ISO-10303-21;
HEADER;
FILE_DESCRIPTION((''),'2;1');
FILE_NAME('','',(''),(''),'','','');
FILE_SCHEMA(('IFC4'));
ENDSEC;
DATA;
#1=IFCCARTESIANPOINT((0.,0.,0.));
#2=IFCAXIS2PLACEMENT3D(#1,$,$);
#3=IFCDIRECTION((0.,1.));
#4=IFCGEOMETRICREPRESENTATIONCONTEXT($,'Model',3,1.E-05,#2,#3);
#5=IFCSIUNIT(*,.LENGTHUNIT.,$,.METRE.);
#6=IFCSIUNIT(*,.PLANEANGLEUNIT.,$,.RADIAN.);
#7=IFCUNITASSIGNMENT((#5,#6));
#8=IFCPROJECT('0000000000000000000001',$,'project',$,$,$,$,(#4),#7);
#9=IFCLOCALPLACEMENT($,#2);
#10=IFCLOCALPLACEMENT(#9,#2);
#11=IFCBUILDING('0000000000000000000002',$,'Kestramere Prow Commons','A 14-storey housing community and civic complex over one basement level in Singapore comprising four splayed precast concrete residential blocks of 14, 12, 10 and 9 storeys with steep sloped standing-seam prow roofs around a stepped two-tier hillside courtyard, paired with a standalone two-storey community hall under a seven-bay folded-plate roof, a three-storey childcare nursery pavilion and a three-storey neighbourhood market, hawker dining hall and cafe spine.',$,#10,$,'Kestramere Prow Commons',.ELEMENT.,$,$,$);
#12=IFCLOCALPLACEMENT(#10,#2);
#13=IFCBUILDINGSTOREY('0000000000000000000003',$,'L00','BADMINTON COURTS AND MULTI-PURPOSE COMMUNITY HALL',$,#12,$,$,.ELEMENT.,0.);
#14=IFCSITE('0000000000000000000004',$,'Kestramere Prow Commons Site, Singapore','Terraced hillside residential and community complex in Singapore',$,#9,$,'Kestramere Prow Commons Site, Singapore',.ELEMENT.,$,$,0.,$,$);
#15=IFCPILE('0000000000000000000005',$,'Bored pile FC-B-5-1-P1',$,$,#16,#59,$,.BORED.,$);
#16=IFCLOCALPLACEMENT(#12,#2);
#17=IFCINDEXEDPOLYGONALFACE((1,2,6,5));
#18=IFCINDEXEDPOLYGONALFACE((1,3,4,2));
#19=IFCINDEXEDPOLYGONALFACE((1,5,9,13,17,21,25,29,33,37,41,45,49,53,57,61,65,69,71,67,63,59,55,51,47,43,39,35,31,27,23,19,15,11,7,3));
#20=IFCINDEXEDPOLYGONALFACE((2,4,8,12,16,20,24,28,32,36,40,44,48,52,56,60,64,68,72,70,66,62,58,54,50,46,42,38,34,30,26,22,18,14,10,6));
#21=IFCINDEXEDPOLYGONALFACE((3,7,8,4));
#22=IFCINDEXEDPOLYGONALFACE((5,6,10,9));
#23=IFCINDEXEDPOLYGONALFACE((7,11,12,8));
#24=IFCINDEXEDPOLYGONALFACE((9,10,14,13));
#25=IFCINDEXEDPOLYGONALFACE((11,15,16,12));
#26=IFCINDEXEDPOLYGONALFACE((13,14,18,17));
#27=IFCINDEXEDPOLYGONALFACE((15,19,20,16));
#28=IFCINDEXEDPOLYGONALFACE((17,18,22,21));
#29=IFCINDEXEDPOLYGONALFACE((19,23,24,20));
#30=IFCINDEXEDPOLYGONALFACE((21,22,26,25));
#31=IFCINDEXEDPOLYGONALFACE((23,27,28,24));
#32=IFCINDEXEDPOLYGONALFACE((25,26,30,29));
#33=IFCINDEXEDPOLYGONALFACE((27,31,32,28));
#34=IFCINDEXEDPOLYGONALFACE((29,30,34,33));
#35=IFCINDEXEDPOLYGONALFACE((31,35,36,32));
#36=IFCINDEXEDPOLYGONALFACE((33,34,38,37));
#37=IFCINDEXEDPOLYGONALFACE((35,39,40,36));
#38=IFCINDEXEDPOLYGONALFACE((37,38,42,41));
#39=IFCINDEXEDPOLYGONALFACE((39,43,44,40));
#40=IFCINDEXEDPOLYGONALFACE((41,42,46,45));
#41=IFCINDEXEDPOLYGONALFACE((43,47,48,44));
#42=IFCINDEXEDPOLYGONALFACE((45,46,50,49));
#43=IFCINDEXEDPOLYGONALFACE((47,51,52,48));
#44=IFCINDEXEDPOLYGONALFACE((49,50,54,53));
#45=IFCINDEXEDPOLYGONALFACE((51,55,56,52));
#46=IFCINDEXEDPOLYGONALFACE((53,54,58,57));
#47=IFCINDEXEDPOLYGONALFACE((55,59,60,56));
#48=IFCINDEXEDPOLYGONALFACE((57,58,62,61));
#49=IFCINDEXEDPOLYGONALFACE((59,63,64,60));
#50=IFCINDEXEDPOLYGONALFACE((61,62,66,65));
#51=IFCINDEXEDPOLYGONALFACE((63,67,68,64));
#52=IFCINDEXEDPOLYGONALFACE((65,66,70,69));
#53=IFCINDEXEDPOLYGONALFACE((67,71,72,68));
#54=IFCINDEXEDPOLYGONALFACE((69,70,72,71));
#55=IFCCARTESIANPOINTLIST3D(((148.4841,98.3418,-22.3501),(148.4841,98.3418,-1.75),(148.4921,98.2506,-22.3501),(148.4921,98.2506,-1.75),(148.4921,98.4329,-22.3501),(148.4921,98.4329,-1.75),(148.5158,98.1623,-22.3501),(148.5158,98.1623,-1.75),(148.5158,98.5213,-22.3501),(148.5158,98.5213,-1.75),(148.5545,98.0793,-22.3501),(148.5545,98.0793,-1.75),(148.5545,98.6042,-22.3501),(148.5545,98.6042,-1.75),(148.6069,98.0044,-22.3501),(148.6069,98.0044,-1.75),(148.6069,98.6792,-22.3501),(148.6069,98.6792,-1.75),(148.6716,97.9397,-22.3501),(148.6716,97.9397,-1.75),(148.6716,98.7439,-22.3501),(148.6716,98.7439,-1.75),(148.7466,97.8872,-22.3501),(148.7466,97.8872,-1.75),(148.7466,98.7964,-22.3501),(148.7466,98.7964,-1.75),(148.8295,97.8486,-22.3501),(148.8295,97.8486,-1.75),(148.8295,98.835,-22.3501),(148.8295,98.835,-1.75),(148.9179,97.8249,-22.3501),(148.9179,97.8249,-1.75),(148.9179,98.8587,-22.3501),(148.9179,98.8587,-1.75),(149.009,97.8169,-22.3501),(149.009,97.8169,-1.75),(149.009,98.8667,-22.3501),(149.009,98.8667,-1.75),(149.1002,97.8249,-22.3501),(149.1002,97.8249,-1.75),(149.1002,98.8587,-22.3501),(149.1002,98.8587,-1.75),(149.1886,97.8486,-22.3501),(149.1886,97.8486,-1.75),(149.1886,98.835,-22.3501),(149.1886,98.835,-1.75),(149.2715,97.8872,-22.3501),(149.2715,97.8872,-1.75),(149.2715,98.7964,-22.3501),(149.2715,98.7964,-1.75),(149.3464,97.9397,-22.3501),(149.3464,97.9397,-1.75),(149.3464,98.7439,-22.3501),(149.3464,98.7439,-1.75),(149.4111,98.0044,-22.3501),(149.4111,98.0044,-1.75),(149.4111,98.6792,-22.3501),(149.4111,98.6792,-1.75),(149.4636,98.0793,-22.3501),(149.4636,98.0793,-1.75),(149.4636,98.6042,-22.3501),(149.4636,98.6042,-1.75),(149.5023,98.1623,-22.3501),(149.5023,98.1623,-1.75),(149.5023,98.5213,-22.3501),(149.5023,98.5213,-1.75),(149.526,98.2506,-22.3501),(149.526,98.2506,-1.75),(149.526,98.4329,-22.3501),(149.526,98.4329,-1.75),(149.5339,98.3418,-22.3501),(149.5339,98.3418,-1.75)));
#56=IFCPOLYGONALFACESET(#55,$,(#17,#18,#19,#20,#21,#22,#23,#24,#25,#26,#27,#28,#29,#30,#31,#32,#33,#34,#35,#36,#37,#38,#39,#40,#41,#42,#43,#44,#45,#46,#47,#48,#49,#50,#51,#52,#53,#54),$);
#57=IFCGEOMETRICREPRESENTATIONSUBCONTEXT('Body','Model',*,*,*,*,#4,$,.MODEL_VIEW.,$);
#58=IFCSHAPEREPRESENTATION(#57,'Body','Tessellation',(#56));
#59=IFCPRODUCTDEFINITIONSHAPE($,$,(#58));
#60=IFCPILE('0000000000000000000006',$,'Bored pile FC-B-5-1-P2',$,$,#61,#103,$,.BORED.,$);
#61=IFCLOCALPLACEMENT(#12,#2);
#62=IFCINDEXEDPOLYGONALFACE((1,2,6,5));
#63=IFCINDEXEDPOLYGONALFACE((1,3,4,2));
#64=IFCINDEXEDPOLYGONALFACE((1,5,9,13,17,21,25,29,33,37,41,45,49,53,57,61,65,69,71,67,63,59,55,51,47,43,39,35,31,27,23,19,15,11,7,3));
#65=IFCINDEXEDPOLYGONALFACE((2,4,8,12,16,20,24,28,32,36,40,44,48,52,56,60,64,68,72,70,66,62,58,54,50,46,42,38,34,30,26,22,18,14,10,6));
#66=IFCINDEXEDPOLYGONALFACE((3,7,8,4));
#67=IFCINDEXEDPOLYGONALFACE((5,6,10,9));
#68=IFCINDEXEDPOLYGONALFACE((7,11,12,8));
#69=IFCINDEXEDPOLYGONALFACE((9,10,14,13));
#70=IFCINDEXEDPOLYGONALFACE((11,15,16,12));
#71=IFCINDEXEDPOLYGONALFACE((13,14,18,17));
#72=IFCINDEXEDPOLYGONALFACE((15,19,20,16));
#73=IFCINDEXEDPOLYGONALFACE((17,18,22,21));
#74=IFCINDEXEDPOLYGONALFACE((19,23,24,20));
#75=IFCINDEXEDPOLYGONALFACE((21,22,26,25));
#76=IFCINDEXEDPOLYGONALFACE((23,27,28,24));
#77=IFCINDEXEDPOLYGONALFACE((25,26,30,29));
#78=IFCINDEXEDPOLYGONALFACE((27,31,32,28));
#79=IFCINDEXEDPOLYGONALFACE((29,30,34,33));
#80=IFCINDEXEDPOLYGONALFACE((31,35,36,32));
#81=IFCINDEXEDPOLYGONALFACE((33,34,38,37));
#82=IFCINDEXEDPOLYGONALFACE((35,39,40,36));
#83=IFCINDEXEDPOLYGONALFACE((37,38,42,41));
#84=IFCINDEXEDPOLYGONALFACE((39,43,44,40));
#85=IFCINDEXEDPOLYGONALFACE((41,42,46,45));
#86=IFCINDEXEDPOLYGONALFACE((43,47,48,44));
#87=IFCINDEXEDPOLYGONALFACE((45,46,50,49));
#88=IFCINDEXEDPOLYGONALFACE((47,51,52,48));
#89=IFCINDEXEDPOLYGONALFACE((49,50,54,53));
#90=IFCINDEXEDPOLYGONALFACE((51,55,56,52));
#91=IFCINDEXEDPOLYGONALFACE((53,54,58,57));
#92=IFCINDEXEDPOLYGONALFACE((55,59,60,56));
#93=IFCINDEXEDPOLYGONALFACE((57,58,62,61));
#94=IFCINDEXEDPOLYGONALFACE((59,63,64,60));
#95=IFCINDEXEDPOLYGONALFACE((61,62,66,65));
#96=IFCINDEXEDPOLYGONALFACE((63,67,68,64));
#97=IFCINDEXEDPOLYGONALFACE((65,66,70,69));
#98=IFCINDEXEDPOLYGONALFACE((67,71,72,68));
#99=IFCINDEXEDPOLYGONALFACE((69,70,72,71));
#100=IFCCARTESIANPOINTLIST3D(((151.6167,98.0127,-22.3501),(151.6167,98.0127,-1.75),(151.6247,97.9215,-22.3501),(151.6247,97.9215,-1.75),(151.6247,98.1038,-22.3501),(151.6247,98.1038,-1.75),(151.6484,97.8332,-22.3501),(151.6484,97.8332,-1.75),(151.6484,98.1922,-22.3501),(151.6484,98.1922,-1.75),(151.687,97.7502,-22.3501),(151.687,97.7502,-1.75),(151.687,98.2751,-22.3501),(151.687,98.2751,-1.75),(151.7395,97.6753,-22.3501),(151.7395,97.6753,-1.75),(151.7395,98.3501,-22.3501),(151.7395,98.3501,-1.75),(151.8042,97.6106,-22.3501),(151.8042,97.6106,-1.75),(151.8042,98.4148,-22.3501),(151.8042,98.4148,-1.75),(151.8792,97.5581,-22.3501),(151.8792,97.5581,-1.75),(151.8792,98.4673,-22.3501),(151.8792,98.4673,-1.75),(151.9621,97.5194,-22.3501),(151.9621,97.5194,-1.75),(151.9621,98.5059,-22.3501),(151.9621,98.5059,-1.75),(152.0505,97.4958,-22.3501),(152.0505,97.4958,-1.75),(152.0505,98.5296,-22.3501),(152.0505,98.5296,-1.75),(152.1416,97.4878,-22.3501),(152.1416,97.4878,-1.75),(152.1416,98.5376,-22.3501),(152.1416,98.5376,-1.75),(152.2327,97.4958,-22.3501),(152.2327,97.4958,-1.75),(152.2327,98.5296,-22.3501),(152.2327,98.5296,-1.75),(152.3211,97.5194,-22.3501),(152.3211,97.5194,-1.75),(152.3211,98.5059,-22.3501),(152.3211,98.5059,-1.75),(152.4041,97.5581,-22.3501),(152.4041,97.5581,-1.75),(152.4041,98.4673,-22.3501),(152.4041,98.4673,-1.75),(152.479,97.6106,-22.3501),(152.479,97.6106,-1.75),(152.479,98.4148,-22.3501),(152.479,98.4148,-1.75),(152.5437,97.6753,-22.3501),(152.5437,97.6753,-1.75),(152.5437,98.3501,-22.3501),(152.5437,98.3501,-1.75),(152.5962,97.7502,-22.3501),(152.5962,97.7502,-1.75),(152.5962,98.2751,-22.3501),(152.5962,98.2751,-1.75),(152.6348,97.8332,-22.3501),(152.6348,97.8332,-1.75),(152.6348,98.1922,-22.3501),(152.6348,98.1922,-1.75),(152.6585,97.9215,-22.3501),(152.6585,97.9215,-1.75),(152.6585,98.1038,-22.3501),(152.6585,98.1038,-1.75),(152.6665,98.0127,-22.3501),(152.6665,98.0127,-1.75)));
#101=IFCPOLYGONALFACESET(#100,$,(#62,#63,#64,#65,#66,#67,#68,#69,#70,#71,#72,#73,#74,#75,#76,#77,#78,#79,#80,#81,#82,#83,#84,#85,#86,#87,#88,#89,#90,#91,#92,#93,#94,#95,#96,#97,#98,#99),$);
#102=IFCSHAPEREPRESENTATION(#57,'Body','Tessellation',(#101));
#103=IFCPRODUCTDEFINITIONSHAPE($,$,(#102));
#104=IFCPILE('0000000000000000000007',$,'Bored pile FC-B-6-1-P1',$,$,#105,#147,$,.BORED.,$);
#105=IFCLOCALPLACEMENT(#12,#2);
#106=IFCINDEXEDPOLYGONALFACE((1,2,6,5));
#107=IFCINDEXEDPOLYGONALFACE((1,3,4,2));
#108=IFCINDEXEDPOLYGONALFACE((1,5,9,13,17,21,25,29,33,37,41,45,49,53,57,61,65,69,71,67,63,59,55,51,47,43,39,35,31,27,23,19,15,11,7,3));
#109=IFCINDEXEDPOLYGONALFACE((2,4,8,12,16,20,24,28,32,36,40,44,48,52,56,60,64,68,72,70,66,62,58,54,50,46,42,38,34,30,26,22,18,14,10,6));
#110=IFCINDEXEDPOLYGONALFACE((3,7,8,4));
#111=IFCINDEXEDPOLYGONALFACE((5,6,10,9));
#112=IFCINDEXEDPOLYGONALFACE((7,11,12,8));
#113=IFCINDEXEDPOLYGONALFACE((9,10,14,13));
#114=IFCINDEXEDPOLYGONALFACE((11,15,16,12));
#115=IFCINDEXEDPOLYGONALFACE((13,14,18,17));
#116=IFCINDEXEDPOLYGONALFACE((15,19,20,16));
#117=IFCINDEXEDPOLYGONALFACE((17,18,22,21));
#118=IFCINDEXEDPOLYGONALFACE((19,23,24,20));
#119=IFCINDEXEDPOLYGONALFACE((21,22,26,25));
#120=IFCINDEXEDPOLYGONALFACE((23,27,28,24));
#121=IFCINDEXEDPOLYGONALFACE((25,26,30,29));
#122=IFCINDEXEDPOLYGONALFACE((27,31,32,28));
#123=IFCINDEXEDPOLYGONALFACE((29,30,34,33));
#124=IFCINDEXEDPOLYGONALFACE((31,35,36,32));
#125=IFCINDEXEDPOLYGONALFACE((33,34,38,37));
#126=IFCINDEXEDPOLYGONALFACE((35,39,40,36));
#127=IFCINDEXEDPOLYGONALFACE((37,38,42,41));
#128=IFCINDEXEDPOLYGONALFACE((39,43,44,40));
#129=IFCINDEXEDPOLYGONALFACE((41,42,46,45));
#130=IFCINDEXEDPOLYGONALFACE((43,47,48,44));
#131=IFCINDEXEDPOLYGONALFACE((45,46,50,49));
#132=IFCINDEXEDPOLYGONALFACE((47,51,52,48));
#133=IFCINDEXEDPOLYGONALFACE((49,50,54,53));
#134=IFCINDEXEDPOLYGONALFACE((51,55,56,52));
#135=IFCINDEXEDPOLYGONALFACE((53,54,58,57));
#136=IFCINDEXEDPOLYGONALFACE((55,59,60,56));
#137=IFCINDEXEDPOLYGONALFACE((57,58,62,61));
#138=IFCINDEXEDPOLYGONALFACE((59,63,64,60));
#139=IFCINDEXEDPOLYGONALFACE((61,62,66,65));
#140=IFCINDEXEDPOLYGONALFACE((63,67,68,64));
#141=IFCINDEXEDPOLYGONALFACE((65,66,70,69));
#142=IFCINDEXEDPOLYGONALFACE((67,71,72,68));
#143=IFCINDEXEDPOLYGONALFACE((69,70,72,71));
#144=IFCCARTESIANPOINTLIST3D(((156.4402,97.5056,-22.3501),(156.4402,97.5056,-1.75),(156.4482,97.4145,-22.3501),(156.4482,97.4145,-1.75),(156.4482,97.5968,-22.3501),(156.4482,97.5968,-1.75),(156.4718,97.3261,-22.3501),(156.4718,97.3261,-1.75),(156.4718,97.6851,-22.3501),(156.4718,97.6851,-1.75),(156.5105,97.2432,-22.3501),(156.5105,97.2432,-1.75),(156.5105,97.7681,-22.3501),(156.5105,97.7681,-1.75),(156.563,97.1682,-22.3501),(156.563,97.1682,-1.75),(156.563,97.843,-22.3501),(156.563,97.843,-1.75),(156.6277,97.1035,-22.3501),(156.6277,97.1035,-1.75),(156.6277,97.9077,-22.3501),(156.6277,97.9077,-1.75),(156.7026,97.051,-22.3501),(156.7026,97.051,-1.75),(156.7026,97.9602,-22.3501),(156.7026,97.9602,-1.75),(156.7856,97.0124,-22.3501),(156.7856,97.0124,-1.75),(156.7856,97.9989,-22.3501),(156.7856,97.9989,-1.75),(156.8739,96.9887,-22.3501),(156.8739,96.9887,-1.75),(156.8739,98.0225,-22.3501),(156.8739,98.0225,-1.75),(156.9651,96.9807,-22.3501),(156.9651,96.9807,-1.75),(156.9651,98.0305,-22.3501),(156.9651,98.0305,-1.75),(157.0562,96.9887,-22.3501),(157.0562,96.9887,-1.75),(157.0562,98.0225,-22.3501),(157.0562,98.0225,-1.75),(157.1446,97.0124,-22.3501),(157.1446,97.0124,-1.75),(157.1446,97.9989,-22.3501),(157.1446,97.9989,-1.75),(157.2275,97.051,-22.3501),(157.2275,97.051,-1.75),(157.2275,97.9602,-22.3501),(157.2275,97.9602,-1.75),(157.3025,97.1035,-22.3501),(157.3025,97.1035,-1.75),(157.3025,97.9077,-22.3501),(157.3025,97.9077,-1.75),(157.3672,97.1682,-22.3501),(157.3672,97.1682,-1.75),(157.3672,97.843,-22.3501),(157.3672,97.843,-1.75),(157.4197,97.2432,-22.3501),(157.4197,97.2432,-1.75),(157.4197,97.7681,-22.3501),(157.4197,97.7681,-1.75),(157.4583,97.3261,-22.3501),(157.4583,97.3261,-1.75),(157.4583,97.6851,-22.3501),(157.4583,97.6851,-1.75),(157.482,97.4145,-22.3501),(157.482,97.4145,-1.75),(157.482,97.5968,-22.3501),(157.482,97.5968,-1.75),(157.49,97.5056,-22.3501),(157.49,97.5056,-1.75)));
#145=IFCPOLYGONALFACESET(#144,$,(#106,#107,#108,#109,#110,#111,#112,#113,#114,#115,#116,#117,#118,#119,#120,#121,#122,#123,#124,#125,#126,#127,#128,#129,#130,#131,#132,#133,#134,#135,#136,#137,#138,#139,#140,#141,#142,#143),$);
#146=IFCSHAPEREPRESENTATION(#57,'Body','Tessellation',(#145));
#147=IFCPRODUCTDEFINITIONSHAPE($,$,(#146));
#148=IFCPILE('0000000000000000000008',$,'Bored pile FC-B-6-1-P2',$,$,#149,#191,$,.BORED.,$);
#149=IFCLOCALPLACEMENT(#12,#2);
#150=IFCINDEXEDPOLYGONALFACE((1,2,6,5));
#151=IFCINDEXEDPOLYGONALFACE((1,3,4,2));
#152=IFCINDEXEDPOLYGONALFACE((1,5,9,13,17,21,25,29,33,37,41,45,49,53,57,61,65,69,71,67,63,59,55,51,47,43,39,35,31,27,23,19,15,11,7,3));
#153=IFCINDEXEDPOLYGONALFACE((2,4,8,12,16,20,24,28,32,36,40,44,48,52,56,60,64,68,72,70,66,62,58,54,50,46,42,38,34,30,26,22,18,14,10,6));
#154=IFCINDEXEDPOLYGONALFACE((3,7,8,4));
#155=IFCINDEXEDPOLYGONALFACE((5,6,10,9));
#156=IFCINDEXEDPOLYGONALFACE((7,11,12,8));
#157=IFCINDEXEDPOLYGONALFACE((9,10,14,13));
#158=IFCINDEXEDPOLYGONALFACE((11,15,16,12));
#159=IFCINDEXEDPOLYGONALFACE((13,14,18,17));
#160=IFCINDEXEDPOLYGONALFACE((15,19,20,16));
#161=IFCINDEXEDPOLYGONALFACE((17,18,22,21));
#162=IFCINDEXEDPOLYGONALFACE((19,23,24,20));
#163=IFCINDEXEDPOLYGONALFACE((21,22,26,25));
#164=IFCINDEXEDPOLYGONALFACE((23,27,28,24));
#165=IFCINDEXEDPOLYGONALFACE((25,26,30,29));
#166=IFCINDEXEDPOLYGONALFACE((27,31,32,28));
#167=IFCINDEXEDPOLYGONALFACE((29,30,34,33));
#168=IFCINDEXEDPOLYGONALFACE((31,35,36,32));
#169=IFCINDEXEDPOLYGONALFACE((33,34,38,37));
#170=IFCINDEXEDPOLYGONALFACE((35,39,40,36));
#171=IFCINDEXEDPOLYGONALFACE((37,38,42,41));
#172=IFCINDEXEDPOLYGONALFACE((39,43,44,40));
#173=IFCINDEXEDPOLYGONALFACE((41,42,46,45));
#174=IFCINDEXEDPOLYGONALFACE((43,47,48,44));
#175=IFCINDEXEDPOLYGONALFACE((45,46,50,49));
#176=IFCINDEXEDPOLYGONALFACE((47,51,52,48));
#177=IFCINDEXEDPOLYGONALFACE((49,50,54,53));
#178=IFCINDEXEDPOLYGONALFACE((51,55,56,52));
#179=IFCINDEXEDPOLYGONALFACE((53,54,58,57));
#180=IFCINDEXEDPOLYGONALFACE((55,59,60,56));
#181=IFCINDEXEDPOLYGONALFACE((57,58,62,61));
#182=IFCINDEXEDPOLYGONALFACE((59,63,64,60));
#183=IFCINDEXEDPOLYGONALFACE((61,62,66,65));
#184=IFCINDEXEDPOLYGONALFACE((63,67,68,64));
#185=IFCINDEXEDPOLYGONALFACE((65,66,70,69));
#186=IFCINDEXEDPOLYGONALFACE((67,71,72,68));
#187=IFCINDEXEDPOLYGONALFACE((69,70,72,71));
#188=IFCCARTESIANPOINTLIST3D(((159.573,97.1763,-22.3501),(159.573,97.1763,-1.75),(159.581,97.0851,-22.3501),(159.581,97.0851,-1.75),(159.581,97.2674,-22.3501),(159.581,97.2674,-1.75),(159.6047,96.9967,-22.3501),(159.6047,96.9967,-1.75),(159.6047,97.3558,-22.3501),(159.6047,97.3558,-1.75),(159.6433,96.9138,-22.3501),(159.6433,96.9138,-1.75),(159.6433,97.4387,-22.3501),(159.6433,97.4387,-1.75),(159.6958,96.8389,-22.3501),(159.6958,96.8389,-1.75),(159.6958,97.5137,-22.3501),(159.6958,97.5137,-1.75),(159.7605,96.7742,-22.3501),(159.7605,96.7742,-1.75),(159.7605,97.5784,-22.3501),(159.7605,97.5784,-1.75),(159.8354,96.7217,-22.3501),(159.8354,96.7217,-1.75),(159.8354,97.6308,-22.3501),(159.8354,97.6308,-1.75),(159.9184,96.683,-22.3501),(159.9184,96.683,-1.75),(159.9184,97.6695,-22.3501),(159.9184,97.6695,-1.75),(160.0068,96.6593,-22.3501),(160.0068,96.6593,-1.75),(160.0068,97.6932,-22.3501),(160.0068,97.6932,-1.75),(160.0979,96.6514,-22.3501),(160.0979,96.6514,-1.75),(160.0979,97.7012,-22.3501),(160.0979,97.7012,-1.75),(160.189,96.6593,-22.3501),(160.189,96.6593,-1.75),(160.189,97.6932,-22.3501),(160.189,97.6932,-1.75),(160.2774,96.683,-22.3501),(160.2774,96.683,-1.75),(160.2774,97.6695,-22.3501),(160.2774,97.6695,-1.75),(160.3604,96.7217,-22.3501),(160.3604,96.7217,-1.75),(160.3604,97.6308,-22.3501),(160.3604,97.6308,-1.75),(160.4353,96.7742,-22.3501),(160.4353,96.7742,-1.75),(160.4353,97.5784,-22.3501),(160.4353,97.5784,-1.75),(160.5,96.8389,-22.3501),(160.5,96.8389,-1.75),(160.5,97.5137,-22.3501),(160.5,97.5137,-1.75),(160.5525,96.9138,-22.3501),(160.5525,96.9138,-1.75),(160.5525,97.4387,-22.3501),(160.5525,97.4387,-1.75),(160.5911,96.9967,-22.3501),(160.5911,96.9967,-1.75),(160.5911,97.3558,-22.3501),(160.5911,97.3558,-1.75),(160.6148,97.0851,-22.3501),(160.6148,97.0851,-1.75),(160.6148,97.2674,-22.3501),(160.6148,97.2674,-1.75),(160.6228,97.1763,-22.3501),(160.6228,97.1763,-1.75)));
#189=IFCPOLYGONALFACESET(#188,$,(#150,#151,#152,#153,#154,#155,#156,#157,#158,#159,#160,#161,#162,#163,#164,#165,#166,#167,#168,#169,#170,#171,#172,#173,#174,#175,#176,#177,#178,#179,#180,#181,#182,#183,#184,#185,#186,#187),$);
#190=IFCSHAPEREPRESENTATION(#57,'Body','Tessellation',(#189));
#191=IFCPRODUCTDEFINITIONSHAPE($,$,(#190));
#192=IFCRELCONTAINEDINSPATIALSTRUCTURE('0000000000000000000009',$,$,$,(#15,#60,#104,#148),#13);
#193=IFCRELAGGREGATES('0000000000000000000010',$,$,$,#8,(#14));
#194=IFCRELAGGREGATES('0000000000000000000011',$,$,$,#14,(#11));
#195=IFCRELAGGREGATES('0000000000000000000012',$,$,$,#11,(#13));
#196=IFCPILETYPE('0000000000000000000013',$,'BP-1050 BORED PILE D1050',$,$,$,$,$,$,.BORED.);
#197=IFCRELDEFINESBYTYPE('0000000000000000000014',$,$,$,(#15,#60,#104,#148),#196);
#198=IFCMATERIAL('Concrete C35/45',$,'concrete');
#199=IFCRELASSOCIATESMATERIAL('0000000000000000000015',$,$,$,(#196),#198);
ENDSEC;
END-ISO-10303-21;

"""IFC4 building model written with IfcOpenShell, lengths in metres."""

from ifc_helpers import new_model, si_unit, direction, frame, origin, origin_2d, place, context, subcontext, project, spatial, circle, extrude, material, material_profile, profile_set, type_object, element, save


model = new_model("IFC4")

# Units and contexts
model_context = context("Model", 3, precision=1e-05, world=origin(), true_north=direction((0.0, 1.0)))
body_context = subcontext(model_context, "Body", "Model", "MODEL_VIEW")
ifc_project = project(units=[si_unit("LENGTHUNIT", "METRE"), si_unit("PLANEANGLEUNIT", "RADIAN")], contexts=[model_context])

# Site, building, storey
site_placement = place(None, origin())
site = spatial("IfcSite", under=ifc_project, at=site_placement, Name="Kestramere Prow Commons Site, Singapore", Description="Terraced hillside residential and community complex in Singapore", LongName="Kestramere Prow Commons Site, Singapore", CompositionType="ELEMENT", RefElevation=0.0)
building_placement = place(site_placement, origin())
building = spatial("IfcBuilding", under=site, at=building_placement, Name="Kestramere Prow Commons", Description="A 14-storey housing community and civic complex over one basement level in Singapore comprising four splayed precast concrete residential blocks of 14, 12, 10 and 9 storeys with steep sloped standing-seam prow roofs around a stepped two-tier hillside courtyard, paired with a standalone two-storey community hall under a seven-bay folded-plate roof, a three-storey childcare nursery pavilion and a three-storey neighbourhood market, hawker dining hall and cafe spine.", LongName="Kestramere Prow Commons", CompositionType="ELEMENT")
storey_placement = place(building_placement, origin())
storey = spatial("IfcBuildingStorey", under=building, at=storey_placement, Name="L00", Description="BADMINTON COURTS AND MULTI-PURPOSE COMMUNITY HALL", CompositionType="ELEMENT", Elevation=0.0)

# Piles
ifc_material_1 = material(Name="Concrete C35/45", Category="concrete")
ifc_material_profile_1 = material_profile(ifc_material_1, circle(Radius=0.5249, at=origin_2d()), Name="BORED PILE D1050")
ifc_profile_set_1 = profile_set([ifc_material_profile_1], Name="Concrete C35/45")
pile_type = type_object("IfcPileType", Name="BP-1050 BORED PILE D1050", PredefinedType="BORED", material=ifc_profile_set_1)
for number, where, z_axis, x_axis, name in (
    (1, (149.009, 98.3418, -1.75), (0.0, 0.0, -1.0), (1.0, 0.0, 0.0), "Bored pile FC-B-5-1-P1"),
    (2, (152.1416, 98.0127, -1.75), (0.0, 0.0, -1.0), (1.0, 0.0, 0.0), "Bored pile FC-B-5-1-P2"),
    (3, (156.9651, 97.5056, -1.75), (0.0, 0.0, -1.0), (1.0, 0.0, 0.0), "Bored pile FC-B-6-1-P1"),
    (4, (160.0979, 97.1763, -1.75), (0.0, 0.0, -1.0), (1.0, 0.0, 0.0), "Bored pile FC-B-6-1-P2"),
):
    element("IfcPile", number, at=place(storey_placement, frame(where, z_axis=z_axis, x_axis=x_axis)), inside=storey, type_object=pile_type, Name=name, PredefinedType="BORED", context=body_context, shape_type="SweptSolid", body=[
        extrude(circle(Radius=0.5249, at=origin_2d()), origin(), (0.0, 0.0, 1.0), 20.6001),
    ])

save(model, "model.ifc")
